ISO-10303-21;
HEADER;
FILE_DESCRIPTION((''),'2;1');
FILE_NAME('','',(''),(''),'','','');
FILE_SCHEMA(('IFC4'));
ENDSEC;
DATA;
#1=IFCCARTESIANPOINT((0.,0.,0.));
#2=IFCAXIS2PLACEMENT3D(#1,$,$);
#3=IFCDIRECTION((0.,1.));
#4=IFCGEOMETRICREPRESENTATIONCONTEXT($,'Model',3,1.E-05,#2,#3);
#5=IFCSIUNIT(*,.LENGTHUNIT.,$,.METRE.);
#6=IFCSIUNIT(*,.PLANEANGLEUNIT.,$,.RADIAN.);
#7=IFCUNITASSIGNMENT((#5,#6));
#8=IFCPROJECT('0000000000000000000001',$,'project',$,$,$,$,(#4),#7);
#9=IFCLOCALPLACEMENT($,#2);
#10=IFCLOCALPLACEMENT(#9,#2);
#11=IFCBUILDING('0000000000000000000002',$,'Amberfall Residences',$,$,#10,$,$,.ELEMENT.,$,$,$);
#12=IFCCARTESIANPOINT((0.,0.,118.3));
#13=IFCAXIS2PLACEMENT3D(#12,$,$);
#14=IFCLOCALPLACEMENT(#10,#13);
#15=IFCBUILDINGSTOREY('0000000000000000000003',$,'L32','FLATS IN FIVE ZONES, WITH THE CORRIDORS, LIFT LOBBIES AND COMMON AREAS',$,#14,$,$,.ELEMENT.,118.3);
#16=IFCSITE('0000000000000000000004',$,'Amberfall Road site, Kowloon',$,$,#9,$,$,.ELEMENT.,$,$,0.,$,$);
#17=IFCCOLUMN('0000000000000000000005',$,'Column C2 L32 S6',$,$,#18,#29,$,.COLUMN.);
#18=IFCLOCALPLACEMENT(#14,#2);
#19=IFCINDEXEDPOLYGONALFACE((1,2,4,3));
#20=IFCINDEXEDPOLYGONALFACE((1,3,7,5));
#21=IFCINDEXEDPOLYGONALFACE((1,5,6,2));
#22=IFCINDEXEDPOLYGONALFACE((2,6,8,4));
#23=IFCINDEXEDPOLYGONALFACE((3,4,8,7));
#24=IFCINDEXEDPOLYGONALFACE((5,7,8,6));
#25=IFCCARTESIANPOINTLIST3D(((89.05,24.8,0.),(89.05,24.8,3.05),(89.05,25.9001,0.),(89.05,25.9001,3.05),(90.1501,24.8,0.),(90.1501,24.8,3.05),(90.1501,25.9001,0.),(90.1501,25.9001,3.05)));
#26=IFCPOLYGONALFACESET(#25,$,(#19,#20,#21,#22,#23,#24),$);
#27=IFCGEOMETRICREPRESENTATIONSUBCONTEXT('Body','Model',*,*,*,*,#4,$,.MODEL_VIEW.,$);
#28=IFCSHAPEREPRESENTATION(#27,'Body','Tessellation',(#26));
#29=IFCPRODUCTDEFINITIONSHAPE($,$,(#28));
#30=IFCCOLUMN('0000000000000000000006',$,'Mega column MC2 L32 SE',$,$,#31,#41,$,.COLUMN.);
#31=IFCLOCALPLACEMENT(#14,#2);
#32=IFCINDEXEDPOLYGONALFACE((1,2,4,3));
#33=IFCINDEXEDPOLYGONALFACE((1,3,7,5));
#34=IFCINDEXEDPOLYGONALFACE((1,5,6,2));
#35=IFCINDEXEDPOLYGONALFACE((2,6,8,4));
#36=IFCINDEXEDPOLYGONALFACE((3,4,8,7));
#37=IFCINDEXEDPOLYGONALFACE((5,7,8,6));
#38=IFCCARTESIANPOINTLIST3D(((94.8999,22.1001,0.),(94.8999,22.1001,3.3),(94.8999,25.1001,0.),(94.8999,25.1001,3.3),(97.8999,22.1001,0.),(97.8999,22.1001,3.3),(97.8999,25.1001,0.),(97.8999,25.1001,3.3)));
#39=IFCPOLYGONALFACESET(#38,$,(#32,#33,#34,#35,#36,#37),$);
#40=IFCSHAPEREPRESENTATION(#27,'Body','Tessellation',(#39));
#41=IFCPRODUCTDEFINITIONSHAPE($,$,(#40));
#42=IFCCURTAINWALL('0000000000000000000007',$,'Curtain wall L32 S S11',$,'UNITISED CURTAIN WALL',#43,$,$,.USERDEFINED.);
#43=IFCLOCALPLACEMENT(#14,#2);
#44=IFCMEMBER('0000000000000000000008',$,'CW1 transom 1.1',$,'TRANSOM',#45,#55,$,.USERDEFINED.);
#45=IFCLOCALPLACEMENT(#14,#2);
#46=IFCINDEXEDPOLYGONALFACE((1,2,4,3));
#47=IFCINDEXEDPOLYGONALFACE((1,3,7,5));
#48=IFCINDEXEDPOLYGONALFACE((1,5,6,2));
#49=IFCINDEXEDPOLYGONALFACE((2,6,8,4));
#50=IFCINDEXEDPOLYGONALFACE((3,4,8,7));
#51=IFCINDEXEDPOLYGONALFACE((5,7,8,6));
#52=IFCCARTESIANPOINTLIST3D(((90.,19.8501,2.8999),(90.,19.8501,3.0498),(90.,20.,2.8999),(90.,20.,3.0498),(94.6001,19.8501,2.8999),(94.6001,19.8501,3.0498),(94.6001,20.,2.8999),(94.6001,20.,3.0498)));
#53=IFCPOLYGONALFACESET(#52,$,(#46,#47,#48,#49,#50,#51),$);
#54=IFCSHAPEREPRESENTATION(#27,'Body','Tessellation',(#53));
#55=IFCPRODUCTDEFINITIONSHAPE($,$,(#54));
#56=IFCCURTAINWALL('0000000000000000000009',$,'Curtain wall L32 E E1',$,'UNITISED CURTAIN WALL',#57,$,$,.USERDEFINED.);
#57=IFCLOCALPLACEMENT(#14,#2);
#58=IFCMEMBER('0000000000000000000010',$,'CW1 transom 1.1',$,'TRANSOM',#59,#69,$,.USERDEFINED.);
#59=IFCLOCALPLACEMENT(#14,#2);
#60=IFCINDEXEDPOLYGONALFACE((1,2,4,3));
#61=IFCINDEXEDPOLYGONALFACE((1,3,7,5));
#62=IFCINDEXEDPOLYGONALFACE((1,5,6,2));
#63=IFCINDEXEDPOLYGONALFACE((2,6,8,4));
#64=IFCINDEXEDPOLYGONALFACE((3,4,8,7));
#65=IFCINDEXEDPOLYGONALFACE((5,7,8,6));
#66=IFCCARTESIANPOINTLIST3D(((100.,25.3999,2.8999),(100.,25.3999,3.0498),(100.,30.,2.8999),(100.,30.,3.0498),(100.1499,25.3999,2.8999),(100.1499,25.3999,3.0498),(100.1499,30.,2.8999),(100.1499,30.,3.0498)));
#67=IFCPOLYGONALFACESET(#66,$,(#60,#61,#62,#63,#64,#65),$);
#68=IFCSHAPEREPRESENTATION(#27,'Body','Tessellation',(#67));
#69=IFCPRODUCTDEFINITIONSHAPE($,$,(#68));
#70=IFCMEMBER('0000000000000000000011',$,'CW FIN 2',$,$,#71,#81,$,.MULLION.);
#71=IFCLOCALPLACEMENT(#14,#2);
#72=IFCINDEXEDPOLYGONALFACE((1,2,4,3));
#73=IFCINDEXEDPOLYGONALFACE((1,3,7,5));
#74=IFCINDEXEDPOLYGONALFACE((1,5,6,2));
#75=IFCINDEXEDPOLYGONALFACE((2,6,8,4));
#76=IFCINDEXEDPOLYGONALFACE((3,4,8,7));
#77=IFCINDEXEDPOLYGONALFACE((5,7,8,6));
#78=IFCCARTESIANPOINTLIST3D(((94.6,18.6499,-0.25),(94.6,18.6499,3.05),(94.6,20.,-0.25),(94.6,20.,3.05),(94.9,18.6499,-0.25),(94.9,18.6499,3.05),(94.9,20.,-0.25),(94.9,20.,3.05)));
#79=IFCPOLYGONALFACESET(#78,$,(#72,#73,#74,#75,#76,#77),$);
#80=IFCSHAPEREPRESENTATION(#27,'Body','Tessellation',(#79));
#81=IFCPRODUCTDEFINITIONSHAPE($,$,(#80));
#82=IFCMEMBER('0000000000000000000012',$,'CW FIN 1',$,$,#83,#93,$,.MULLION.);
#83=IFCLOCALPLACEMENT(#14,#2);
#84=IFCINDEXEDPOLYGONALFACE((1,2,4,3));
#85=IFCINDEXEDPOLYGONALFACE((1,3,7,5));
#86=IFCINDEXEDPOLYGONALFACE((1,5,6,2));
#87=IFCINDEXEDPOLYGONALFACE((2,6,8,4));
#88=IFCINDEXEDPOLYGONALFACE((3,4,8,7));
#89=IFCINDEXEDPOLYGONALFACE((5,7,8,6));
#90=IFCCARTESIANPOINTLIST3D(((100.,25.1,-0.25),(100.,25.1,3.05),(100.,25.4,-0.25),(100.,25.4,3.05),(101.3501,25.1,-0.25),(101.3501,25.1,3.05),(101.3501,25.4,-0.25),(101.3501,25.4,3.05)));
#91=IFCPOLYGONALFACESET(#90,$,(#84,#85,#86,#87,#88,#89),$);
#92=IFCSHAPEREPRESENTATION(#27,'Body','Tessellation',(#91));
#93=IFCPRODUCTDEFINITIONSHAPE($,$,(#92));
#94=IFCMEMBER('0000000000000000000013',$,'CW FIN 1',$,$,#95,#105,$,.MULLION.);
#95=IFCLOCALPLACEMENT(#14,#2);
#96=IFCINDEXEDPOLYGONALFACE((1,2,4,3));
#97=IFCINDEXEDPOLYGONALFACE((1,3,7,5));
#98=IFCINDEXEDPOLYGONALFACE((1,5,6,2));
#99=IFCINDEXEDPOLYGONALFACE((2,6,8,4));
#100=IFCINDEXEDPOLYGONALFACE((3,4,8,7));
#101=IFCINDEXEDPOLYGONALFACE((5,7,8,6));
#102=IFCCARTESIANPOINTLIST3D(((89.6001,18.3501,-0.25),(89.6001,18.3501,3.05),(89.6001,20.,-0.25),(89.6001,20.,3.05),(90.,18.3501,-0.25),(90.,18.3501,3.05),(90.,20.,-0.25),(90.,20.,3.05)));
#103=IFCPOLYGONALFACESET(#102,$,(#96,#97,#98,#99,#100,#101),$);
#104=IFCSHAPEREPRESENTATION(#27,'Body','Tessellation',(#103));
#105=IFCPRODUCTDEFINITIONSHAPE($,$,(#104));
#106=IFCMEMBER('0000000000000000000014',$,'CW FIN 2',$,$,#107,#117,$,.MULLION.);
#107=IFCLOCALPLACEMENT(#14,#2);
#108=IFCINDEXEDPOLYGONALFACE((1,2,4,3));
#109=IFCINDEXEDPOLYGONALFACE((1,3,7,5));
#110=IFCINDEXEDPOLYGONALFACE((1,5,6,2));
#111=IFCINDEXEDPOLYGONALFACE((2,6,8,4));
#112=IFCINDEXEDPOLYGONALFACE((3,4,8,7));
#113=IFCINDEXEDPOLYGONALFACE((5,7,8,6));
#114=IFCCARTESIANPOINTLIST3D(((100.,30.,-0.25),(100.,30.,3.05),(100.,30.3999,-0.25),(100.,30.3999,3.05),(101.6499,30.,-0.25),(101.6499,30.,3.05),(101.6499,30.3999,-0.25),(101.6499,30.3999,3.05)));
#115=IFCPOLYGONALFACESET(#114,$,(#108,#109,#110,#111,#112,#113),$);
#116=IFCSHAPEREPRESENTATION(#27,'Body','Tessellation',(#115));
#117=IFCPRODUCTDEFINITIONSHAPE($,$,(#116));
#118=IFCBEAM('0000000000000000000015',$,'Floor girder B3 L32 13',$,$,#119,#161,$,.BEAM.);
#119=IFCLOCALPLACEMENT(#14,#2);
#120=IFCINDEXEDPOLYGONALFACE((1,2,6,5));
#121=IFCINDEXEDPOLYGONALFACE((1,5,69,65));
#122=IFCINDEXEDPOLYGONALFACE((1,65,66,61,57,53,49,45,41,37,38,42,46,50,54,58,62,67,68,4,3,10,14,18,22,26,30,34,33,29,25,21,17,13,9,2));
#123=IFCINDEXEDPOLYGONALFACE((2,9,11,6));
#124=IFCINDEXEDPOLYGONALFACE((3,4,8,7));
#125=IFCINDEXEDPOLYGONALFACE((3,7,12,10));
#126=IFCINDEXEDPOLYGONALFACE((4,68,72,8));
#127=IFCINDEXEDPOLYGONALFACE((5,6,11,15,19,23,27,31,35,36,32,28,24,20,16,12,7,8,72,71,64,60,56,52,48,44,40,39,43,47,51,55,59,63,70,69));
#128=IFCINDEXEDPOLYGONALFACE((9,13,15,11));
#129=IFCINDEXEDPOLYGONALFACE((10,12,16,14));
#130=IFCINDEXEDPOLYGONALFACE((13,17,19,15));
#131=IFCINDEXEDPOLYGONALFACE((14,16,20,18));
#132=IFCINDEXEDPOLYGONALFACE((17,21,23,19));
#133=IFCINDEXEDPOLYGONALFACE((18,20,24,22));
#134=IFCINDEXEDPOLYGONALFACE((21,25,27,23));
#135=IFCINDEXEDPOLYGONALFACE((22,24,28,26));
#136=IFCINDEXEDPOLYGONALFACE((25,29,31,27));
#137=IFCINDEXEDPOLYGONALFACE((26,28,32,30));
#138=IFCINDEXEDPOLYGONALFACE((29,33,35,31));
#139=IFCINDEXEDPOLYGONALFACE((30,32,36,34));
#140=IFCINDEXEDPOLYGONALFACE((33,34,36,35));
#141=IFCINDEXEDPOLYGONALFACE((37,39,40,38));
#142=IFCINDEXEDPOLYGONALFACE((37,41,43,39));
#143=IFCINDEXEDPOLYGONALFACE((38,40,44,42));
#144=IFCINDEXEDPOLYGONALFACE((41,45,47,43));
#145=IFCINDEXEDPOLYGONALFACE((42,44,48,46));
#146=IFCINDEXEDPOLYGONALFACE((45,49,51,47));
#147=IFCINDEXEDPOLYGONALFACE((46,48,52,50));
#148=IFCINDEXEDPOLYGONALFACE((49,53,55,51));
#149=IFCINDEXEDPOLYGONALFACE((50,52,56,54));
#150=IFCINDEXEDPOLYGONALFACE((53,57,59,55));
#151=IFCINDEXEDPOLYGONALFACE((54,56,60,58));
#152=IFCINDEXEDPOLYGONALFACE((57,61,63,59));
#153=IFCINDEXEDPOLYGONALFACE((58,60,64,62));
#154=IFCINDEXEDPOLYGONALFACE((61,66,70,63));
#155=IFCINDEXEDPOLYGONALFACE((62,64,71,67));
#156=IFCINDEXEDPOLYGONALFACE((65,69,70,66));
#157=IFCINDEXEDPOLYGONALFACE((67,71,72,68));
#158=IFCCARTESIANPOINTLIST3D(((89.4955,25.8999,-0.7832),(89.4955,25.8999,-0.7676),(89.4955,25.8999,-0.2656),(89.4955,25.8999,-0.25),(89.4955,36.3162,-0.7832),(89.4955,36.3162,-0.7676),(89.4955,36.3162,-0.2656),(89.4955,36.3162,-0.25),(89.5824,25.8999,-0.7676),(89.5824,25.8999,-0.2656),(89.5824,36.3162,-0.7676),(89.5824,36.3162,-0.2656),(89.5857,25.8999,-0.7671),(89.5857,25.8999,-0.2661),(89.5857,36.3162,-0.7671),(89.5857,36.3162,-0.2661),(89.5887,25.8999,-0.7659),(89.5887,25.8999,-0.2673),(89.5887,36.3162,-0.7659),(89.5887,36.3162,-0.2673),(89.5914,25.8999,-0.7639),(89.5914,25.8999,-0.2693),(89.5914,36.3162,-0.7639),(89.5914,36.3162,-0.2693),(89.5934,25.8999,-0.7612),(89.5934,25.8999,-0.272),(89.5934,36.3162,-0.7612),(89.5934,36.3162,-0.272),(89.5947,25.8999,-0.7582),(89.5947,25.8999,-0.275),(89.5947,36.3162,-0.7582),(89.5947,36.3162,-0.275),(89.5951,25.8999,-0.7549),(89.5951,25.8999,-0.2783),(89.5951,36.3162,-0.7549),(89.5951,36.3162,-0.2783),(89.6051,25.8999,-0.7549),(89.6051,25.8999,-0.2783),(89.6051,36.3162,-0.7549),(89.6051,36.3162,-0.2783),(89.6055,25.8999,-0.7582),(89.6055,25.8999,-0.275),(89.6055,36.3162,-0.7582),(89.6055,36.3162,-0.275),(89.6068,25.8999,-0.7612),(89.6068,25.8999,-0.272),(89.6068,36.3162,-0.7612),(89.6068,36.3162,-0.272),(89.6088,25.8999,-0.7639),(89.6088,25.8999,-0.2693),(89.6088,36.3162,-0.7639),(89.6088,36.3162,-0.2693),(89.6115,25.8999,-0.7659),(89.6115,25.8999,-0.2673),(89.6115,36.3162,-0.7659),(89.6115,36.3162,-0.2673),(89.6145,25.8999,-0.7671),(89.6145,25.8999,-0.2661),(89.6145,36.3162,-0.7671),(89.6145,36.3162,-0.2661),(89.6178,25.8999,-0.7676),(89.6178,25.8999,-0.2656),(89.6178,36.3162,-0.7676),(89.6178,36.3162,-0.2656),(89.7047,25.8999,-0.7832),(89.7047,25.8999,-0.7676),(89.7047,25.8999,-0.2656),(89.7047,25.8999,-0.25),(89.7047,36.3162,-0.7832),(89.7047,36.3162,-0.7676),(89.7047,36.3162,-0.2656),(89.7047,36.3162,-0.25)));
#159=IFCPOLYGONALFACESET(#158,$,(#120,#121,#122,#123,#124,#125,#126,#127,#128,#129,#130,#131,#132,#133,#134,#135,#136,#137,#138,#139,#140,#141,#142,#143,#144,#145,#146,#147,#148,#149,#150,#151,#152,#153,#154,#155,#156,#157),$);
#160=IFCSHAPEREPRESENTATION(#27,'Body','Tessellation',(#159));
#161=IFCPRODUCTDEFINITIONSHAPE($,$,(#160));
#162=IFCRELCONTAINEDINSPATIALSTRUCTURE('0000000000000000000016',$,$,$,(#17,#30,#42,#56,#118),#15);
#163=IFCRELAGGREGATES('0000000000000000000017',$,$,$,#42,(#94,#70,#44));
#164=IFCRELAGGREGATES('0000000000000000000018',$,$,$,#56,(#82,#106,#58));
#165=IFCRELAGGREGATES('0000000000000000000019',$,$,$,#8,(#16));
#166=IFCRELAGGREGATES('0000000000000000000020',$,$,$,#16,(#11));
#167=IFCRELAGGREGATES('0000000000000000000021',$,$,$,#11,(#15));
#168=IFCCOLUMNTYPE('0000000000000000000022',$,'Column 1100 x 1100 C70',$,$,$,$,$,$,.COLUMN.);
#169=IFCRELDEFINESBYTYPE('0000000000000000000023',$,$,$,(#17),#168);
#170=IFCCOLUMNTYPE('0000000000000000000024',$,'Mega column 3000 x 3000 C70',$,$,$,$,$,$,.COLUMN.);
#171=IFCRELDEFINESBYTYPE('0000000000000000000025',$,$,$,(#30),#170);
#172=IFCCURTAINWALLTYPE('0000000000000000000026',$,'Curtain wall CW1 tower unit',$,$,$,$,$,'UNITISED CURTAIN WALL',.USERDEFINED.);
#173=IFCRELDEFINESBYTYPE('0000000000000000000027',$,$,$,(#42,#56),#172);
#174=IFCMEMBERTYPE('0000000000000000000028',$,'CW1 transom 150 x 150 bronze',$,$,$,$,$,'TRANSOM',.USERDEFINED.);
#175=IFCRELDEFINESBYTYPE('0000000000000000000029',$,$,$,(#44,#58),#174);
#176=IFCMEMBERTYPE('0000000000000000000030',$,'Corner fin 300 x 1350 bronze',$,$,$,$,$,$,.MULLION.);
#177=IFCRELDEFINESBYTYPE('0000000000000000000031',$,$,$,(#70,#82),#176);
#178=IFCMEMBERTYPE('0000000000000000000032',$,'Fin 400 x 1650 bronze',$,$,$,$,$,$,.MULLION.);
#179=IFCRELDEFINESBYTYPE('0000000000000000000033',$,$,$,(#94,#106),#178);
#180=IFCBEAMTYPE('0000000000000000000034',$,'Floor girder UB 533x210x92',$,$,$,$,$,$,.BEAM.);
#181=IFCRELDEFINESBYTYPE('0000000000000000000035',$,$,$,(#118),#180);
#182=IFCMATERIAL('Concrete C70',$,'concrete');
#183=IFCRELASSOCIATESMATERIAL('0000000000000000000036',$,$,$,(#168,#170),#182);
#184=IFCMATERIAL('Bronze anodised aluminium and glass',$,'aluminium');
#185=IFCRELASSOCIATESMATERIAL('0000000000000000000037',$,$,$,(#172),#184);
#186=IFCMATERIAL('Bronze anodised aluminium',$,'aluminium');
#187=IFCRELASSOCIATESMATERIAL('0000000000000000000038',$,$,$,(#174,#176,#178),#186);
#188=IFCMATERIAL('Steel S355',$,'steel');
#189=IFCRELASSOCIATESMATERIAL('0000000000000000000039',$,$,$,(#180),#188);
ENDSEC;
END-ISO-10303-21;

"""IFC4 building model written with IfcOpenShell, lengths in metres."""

from ifc_helpers import new_model, si_unit, direction, frame, origin, origin_2d, place, context, subcontext, project, spatial, rectangle, i_section, extrude, material, material_profile, profile_set, type_object, element, aggregate, save


model = new_model("IFC4")

# Units and contexts
model_context = context("Model", 3, precision=1e-05, world=origin(), true_north=direction((0.0, 1.0)))
body_context = subcontext(model_context, "Body", "Model", "MODEL_VIEW")
ifc_project = project(units=[si_unit("LENGTHUNIT", "METRE"), si_unit("PLANEANGLEUNIT", "RADIAN")], contexts=[model_context])

# Site, building, storey
site_placement = place(None, origin())
site = spatial("IfcSite", under=ifc_project, at=site_placement, Name="Amberfall Road site, Kowloon", CompositionType="ELEMENT", RefElevation=0.0)
building_placement = place(site_placement, origin())
building = spatial("IfcBuilding", under=site, at=building_placement, Name="Amberfall Residences", CompositionType="ELEMENT")
storey_placement = place(building_placement, frame((0.0, 0.0, 118.3)))
storey = spatial("IfcBuildingStorey", under=building, at=storey_placement, Name="L32", Description="FLATS IN FIVE ZONES, WITH THE CORRIDORS, LIFT LOBBIES AND COMMON AREAS", CompositionType="ELEMENT", Elevation=118.3)

# Columns
ifc_material_1 = material(Name="Concrete C70", Category="concrete")
ifc_material_profile_1 = material_profile(ifc_material_1, rectangle(XDim=1.1001, YDim=1.1001, at=origin_2d()), Name="Column 1100 x 1100 C70")
ifc_profile_set_1 = profile_set([ifc_material_profile_1], Name="Concrete C70")
column_type_1 = type_object("IfcColumnType", Name="Column 1100 x 1100 C70", PredefinedType="COLUMN", material=ifc_profile_set_1)
column_1_placement = place(storey_placement, frame((89.6001, 25.3501, 0.0), z_axis=(0.0, 0.0, 1.0), x_axis=(1.0, 0.0, 0.0)))
element("IfcColumn", 1, at=column_1_placement, inside=storey, type_object=column_type_1, Name="Column C2 L32 S6", PredefinedType="COLUMN", context=body_context, shape_type="SweptSolid", body=[
    extrude(rectangle(XDim=1.1001, YDim=1.1001, at=origin_2d()), origin(), (0.0, 0.0, 1.0), 3.05),
])
ifc_material_profile_2 = material_profile(ifc_material_1, rectangle(XDim=3.0, YDim=3.0, at=origin_2d()), Name="Mega column 3000 x 3000 C70")
ifc_profile_set_2 = profile_set([ifc_material_profile_2], Name="Concrete C70")
column_type_2 = type_object("IfcColumnType", Name="Mega column 3000 x 3000 C70", PredefinedType="COLUMN", material=ifc_profile_set_2)
column_2_placement = place(storey_placement, frame((96.3999, 23.6001, 0.0), z_axis=(0.0, 0.0, 1.0), x_axis=(1.0, 0.0, 0.0)))
element("IfcColumn", 2, at=column_2_placement, inside=storey, type_object=column_type_2, Name="Mega column MC2 L32 SE", PredefinedType="COLUMN", context=body_context, shape_type="SweptSolid", body=[
    extrude(rectangle(XDim=3.0, YDim=3.0, at=origin_2d()), origin(), (0.0, 0.0, 1.0), 3.3),
])

# Curtain walls, members
ifc_material_2 = material(Name="Bronze anodised aluminium and glass", Category="aluminium")
curtain_wall_type = type_object("IfcCurtainWallType", Name="Curtain wall CW1 tower unit", ElementType="UNITISED CURTAIN WALL", PredefinedType="USERDEFINED", material=ifc_material_2)
curtain_wall_1_placement = place(storey_placement, origin())
curtain_wall_1 = element("IfcCurtainWall", 3, at=curtain_wall_1_placement, inside=storey, type_object=curtain_wall_type, Name="Curtain wall L32 S S11", ObjectType="UNITISED CURTAIN WALL", PredefinedType="USERDEFINED")
ifc_material_3 = material(Name="Bronze anodised aluminium", Category="aluminium")
ifc_material_profile_3 = material_profile(ifc_material_3, rectangle(XDim=0.1499, YDim=0.1499, at=origin_2d()), Name="CW1 transom 150 x 150 bronze")
ifc_profile_set_3 = profile_set([ifc_material_profile_3], Name="Bronze anodised aluminium")
member_type_1 = type_object("IfcMemberType", Name="CW1 transom 150 x 150 bronze", ElementType="TRANSOM", PredefinedType="USERDEFINED", material=ifc_profile_set_3)
member_1_placement = place(storey_placement, frame((90.0, 19.925, 2.9749), z_axis=(1.0, 0.0, 0.0), x_axis=(0.0, 1.0, 0.0)))
member_1 = element("IfcMember", 4, at=member_1_placement, type_object=member_type_1, Name="CW1 transom 1.1", ObjectType="TRANSOM", PredefinedType="USERDEFINED", context=body_context, shape_type="SweptSolid", body=[
    extrude(rectangle(XDim=0.1499, YDim=0.1499, at=origin_2d()), origin(), (0.0, 0.0, 1.0), 4.6001),
])
curtain_wall_2_placement = place(storey_placement, origin())
curtain_wall_2 = element("IfcCurtainWall", 5, at=curtain_wall_2_placement, inside=storey, type_object=curtain_wall_type, Name="Curtain wall L32 E E1", ObjectType="UNITISED CURTAIN WALL", PredefinedType="USERDEFINED")
member_2_placement = place(storey_placement, frame((100.075, 25.3999, 2.9749), z_axis=(0.0, 1.0, 0.0), x_axis=(-1.0, 0.0, 0.0)))
member_2 = element("IfcMember", 6, at=member_2_placement, type_object=member_type_1, Name="CW1 transom 1.1", ObjectType="TRANSOM", PredefinedType="USERDEFINED", context=body_context, shape_type="SweptSolid", body=[
    extrude(rectangle(XDim=0.1499, YDim=0.1499, at=origin_2d()), origin(), (0.0, 0.0, 1.0), 4.6001),
])

# Members
ifc_material_profile_4 = material_profile(ifc_material_3, rectangle(XDim=1.3501, YDim=0.3, at=origin_2d()), Name="Corner fin 300 x 1350 bronze")
ifc_profile_set_4 = profile_set([ifc_material_profile_4], Name="Bronze anodised aluminium")
member_type_2 = type_object("IfcMemberType", Name="Corner fin 300 x 1350 bronze", PredefinedType="MULLION", material=ifc_profile_set_4)
member_3_placement = place(storey_placement, frame((94.75, 19.325, -0.25), z_axis=(0.0, 0.0, 1.0), x_axis=(0.0, 1.0, 0.0)))
member_3 = element("IfcMember", 7, at=member_3_placement, type_object=member_type_2, Name="CW FIN 2", PredefinedType="MULLION", context=body_context, shape_type="SweptSolid", body=[
    extrude(rectangle(XDim=1.3501, YDim=0.3, at=origin_2d()), origin(), (0.0, 0.0, 1.0), 3.3),
])
member_4_placement = place(storey_placement, frame((100.675, 25.25, -0.25), z_axis=(0.0, 0.0, 1.0), x_axis=(-1.0, 0.0, 0.0)))
member_4 = element("IfcMember", 8, at=member_4_placement, type_object=member_type_2, Name="CW FIN 1", PredefinedType="MULLION", context=body_context, shape_type="SweptSolid", body=[
    extrude(rectangle(XDim=1.3501, YDim=0.3, at=origin_2d()), origin(), (0.0, 0.0, 1.0), 3.3),
])
ifc_material_profile_5 = material_profile(ifc_material_3, rectangle(XDim=1.6499, YDim=0.3999, at=origin_2d()), Name="Fin 400 x 1650 bronze")
ifc_profile_set_5 = profile_set([ifc_material_profile_5], Name="Bronze anodised aluminium")
member_type_3 = type_object("IfcMemberType", Name="Fin 400 x 1650 bronze", PredefinedType="MULLION", material=ifc_profile_set_5)
member_5_placement = place(storey_placement, frame((89.8, 19.175, -0.25), z_axis=(0.0, 0.0, 1.0), x_axis=(0.0, 1.0, 0.0)))
member_5 = element("IfcMember", 9, at=member_5_placement, type_object=member_type_3, Name="CW FIN 1", PredefinedType="MULLION", context=body_context, shape_type="SweptSolid", body=[
    extrude(rectangle(XDim=1.6499, YDim=0.3999, at=origin_2d()), origin(), (0.0, 0.0, 1.0), 3.3),
])
member_6_placement = place(storey_placement, frame((100.825, 30.2, -0.25), z_axis=(0.0, 0.0, 1.0), x_axis=(-1.0, 0.0, 0.0)))
member_6 = element("IfcMember", 10, at=member_6_placement, type_object=member_type_3, Name="CW FIN 2", PredefinedType="MULLION", context=body_context, shape_type="SweptSolid", body=[
    extrude(rectangle(XDim=1.6499, YDim=0.3999, at=origin_2d()), origin(), (0.0, 0.0, 1.0), 3.3),
])

# Beam
ifc_material_4 = material(Name="Steel S355", Category="steel")
ifc_material_profile_6 = material_profile(ifc_material_4, i_section(OverallWidth=0.2092, OverallDepth=0.5332, WebThickness=0.01, FlangeThickness=0.0156, FilletRadius=0.0127, at=origin_2d()), Name="UB 533x210x92")
ifc_profile_set_6 = profile_set([ifc_material_profile_6], Name="Steel S355")
beam_type_1 = type_object("IfcBeamType", Name="Floor girder UB 533x210x92", PredefinedType="BEAM", material=ifc_profile_set_6)
beam_1_placement = place(storey_placement, frame((89.6001, 25.8999, -0.5166), z_axis=(0.0, 1.0, 0.0), x_axis=(-1.0, 0.0, 0.0)))
element("IfcBeam", 11, at=beam_1_placement, inside=storey, type_object=beam_type_1, Name="Floor girder B3 L32 13", PredefinedType="BEAM", context=body_context, shape_type="SweptSolid", body=[
    extrude(i_section(OverallWidth=0.2092, OverallDepth=0.5332, WebThickness=0.01, FlangeThickness=0.0156, FilletRadius=0.0127, at=origin_2d()), origin(), (0.0, 0.0, 1.0), 10.4163),
])

aggregate(curtain_wall_1, [member_5, member_3, member_1])
aggregate(curtain_wall_2, [member_4, member_6, member_2])

save(model, "model.ifc")
